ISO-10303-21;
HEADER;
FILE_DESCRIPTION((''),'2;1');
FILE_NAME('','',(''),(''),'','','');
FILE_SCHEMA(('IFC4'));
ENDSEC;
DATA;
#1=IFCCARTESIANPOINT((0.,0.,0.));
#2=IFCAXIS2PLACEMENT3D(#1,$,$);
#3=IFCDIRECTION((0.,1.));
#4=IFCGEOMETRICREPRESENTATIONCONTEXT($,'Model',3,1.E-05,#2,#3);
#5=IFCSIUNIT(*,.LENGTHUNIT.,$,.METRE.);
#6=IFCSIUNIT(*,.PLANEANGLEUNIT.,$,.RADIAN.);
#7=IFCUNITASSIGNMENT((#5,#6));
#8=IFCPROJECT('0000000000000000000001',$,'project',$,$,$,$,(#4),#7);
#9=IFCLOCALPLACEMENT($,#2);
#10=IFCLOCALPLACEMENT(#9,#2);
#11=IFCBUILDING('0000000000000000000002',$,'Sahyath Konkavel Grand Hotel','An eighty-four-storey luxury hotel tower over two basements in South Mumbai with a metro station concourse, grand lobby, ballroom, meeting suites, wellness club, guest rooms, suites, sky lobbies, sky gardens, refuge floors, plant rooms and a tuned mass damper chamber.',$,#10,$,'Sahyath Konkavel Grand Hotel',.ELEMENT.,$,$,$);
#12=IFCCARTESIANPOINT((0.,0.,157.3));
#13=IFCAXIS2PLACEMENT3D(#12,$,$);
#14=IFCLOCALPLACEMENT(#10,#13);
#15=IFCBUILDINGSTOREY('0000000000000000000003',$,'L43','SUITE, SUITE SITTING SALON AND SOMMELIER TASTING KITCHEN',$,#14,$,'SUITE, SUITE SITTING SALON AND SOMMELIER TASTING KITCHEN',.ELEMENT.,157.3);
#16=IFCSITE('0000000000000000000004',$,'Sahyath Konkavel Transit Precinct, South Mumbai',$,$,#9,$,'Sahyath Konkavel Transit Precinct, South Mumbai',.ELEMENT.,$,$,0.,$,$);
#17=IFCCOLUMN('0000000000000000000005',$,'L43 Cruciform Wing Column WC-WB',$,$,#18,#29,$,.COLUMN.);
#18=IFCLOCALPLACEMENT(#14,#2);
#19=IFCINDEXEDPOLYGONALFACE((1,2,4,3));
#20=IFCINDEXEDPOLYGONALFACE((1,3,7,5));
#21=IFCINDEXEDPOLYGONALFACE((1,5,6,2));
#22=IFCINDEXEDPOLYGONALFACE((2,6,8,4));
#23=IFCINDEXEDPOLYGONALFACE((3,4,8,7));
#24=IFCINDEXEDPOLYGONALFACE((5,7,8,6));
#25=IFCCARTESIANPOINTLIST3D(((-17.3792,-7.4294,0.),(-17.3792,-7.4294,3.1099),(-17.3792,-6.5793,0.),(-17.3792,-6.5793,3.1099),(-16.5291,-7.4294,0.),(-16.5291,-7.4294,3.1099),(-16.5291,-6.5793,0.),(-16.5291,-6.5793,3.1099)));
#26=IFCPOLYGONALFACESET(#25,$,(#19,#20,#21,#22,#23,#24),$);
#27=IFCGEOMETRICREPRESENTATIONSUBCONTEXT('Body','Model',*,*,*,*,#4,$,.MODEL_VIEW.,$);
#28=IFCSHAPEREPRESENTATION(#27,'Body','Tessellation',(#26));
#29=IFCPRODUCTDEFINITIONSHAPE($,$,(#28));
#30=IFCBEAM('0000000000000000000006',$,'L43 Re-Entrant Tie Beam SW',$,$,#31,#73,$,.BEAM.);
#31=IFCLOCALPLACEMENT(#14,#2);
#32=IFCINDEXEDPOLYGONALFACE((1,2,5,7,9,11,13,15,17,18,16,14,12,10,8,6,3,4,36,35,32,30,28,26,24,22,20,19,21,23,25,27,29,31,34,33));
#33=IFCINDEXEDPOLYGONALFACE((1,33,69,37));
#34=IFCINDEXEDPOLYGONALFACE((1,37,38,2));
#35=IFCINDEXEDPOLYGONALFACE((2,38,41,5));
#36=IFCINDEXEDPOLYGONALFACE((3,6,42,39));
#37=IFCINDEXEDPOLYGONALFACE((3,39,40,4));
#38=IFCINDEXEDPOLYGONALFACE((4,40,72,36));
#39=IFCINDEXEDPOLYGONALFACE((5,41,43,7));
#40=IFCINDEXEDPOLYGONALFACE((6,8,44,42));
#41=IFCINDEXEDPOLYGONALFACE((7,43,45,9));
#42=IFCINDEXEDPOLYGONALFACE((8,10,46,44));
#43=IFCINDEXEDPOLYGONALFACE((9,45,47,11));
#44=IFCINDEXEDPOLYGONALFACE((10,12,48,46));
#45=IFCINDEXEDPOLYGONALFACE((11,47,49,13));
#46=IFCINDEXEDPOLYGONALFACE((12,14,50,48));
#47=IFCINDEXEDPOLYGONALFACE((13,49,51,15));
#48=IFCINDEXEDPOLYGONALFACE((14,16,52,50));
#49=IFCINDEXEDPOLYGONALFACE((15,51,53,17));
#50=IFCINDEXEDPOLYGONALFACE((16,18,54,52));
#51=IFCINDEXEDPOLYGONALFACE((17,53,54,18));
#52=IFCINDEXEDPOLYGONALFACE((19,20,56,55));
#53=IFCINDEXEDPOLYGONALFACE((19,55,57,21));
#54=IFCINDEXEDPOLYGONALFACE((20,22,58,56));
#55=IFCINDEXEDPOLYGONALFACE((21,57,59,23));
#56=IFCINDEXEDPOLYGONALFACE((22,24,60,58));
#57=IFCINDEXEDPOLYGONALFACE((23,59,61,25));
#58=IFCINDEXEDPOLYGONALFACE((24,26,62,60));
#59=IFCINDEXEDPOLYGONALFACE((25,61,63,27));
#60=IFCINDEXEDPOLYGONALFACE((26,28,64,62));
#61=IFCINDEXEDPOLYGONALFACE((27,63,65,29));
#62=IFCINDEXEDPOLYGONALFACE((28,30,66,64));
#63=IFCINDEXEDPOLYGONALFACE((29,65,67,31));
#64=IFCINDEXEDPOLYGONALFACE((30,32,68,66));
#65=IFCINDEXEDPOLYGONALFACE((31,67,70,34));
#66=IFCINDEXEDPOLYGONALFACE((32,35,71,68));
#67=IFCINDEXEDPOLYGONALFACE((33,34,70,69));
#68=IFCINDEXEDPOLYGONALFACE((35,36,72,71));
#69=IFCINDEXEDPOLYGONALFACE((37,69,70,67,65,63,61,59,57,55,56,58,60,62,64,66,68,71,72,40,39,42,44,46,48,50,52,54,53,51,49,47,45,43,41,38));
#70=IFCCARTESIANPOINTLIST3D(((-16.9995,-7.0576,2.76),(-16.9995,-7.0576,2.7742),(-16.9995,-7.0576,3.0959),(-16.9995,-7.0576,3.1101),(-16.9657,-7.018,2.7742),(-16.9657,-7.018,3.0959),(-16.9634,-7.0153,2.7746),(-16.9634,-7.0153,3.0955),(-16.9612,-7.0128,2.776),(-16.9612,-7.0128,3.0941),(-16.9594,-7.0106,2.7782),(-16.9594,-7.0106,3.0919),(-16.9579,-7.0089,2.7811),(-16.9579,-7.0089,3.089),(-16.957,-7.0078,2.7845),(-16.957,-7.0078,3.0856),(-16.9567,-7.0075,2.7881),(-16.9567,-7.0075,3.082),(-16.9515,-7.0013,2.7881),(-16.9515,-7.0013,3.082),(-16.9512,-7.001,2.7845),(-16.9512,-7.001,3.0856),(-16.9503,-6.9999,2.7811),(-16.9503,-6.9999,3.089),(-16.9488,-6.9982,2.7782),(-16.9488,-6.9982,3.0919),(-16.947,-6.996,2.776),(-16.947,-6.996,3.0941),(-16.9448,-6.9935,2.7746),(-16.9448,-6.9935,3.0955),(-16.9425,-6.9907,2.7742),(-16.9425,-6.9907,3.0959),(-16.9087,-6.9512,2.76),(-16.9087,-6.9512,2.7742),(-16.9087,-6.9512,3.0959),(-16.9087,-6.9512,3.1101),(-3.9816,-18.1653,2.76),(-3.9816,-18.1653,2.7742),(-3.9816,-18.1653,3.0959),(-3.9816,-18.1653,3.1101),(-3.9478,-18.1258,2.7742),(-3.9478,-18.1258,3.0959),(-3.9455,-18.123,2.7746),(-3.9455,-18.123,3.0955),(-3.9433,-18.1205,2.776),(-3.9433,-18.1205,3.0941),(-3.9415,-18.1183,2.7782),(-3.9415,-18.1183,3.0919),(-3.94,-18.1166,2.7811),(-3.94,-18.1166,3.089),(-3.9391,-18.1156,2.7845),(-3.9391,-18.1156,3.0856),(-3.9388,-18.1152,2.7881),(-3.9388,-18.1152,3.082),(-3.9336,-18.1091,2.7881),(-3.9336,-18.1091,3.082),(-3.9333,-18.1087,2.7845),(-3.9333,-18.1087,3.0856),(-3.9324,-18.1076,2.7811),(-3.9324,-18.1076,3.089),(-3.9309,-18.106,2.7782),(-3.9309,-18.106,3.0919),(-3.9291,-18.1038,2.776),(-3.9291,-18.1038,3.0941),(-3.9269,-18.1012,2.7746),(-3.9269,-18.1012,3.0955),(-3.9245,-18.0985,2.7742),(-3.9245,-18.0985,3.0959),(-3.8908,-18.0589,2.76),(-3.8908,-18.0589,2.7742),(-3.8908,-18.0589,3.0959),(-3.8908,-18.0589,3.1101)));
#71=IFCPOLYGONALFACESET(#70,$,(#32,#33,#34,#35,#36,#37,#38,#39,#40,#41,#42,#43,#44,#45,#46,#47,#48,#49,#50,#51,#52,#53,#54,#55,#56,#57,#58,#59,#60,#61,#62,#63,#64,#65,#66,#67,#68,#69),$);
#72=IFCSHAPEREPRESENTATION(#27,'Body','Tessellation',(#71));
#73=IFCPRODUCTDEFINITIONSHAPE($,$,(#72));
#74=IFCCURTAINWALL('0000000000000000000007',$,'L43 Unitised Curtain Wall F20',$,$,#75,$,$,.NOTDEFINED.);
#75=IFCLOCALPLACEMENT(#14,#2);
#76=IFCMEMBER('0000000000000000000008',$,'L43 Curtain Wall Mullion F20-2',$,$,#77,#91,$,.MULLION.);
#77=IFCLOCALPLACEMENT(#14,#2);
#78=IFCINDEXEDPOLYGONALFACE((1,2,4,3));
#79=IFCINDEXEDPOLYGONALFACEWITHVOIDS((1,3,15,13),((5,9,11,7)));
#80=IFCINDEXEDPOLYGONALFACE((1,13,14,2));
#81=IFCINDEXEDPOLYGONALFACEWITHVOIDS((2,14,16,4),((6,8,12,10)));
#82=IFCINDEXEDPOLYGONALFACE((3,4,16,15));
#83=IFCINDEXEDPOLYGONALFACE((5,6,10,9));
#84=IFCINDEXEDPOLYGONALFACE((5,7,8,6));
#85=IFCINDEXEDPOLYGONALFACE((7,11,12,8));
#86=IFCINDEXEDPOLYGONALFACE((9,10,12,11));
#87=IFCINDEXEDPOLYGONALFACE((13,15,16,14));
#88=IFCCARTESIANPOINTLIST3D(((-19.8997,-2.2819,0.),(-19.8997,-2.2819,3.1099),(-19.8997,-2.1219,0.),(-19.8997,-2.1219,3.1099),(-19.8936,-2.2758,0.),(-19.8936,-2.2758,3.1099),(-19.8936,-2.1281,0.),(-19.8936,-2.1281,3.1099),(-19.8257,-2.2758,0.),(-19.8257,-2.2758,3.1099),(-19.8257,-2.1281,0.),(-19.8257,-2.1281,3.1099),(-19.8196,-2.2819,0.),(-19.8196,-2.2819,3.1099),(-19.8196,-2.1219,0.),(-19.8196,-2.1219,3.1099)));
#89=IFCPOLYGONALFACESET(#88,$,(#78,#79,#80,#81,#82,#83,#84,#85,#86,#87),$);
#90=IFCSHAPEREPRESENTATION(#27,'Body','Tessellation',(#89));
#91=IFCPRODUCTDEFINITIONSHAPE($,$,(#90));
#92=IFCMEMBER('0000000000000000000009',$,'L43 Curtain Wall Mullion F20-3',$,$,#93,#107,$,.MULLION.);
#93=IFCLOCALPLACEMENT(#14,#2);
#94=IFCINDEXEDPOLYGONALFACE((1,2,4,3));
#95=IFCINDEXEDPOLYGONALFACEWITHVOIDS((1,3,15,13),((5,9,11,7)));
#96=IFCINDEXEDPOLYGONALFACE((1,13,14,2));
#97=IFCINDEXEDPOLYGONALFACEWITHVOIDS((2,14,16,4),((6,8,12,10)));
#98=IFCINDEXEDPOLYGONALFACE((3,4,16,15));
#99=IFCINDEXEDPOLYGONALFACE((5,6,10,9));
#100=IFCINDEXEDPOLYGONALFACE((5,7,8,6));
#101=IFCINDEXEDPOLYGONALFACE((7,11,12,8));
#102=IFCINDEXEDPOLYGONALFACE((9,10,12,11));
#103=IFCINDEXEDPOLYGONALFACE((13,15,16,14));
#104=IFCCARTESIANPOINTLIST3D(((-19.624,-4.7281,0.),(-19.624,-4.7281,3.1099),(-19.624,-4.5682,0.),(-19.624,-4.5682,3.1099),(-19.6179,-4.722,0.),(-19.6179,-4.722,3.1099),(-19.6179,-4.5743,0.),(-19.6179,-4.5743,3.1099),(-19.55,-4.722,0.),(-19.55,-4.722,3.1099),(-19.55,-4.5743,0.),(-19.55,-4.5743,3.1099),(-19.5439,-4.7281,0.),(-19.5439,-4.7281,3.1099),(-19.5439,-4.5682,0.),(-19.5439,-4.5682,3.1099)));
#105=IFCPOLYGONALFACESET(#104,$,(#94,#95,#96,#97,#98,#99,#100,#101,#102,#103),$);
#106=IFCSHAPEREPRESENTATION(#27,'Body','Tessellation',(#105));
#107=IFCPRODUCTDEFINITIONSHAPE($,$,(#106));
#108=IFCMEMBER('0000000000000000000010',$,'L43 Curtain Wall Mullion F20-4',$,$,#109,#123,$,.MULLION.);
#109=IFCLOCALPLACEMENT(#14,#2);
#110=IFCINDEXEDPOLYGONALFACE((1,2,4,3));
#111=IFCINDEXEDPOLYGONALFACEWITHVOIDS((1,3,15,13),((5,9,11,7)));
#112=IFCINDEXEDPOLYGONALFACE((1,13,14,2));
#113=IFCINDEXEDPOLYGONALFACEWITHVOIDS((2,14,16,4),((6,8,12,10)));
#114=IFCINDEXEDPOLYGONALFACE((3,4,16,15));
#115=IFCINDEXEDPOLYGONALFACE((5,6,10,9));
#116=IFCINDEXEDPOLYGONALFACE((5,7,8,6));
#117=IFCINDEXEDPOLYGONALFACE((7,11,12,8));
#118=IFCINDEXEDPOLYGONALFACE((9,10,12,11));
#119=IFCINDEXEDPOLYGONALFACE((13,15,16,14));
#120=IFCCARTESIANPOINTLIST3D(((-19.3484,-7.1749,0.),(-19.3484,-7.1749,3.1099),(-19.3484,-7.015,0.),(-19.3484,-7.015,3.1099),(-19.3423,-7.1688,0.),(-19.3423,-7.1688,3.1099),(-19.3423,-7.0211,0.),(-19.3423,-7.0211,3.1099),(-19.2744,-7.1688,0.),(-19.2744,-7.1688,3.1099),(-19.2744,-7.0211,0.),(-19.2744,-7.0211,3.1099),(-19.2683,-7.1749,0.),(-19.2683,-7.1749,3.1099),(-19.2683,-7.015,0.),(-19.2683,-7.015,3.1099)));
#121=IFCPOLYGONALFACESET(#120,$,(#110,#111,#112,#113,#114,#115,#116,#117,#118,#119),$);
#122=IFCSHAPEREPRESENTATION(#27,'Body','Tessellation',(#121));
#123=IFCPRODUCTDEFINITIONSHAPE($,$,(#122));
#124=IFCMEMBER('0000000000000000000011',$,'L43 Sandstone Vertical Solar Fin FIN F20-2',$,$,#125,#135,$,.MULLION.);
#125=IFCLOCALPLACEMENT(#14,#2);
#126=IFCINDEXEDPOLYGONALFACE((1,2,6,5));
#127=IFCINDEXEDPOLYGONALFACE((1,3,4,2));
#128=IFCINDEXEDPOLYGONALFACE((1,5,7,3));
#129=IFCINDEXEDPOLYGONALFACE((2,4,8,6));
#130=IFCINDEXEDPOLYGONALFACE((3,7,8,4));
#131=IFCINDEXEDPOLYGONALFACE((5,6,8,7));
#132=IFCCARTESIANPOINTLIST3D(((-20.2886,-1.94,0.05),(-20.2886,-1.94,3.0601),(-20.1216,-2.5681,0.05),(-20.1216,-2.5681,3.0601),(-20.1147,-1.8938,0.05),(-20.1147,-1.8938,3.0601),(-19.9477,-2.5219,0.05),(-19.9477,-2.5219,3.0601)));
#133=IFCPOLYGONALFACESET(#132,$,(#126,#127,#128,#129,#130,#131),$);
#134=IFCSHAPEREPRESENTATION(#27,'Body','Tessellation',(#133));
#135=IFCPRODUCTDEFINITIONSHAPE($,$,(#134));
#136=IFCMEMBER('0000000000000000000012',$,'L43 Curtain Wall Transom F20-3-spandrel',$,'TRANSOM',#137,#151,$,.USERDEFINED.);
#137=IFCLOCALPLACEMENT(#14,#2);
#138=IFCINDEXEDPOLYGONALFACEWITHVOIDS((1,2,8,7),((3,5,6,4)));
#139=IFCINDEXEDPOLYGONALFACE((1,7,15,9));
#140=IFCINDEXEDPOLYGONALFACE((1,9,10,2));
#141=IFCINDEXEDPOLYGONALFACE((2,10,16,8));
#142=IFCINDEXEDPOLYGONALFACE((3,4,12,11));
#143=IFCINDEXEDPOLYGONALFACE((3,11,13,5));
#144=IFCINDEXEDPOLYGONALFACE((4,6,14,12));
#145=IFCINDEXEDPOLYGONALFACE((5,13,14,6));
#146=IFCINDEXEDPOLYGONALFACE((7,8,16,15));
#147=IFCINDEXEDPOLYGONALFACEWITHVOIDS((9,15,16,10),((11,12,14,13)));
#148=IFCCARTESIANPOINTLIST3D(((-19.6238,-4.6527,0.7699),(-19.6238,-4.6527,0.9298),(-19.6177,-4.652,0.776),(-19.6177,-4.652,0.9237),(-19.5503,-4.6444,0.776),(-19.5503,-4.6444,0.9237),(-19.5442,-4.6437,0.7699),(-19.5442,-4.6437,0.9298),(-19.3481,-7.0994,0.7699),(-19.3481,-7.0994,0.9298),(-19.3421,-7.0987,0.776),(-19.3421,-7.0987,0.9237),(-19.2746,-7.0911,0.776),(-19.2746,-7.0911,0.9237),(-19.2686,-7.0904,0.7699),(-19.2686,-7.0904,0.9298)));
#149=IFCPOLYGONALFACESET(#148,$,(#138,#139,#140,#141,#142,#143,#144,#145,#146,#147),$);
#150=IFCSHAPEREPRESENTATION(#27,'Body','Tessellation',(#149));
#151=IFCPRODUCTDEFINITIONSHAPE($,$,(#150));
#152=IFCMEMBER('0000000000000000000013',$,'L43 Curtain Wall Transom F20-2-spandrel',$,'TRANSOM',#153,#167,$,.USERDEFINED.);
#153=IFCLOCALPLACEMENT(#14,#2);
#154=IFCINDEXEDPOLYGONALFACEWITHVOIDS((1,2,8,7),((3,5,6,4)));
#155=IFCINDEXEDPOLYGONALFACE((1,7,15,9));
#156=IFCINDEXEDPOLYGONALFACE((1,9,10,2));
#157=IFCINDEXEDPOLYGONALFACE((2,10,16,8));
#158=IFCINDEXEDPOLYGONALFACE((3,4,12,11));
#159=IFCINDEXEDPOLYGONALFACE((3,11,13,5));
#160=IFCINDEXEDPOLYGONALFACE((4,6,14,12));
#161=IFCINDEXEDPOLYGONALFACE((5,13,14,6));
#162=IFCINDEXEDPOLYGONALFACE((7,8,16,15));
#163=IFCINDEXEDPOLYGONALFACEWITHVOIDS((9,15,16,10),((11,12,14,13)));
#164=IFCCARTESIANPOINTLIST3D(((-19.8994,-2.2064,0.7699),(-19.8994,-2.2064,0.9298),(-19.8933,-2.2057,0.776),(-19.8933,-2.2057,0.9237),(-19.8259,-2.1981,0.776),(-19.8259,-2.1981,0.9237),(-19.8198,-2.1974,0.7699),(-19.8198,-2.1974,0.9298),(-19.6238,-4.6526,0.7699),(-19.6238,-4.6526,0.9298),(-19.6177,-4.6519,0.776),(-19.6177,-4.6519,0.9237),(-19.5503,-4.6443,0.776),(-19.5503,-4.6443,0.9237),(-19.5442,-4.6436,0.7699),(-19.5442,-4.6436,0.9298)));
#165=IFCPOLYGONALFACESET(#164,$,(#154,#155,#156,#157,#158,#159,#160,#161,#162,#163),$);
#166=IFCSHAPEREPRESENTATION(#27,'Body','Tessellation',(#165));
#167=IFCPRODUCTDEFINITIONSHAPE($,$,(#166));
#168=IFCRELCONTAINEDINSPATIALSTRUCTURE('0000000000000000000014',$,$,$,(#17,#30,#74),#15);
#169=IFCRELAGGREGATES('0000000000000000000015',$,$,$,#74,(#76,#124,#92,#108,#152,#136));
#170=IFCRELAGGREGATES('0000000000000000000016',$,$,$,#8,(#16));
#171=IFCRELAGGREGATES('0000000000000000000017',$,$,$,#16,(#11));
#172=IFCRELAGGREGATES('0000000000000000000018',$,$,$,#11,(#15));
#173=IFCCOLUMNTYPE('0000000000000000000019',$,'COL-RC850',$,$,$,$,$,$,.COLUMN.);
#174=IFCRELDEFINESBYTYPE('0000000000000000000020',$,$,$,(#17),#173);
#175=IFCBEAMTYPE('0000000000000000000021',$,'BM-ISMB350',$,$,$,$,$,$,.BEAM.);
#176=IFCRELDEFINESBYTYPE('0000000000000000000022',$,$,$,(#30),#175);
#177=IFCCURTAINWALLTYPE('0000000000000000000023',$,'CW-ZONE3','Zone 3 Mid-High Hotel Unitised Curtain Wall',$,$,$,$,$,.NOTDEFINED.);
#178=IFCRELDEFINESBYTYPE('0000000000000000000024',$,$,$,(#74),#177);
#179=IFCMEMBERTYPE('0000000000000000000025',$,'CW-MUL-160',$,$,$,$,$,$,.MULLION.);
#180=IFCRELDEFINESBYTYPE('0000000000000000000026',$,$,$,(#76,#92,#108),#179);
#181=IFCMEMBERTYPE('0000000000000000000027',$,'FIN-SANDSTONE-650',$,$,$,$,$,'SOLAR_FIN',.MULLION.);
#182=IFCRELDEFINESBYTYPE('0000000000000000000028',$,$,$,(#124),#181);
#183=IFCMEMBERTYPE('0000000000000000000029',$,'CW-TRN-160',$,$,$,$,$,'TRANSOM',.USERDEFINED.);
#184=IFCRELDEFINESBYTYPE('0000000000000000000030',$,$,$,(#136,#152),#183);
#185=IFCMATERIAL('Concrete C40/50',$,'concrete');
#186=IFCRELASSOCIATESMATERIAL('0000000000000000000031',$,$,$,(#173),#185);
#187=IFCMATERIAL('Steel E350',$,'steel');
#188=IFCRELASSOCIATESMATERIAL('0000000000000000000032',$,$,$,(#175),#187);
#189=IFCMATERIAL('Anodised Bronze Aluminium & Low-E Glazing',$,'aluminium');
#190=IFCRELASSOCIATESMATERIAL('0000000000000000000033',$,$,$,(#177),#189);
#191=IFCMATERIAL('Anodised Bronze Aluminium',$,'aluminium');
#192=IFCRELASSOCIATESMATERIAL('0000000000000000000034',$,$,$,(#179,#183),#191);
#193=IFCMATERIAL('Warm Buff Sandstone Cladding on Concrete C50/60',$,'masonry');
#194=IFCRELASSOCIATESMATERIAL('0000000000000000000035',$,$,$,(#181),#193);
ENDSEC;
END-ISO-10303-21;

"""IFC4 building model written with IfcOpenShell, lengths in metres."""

from ifc_helpers import new_model, si_unit, direction, frame, origin, origin_2d, place, context, subcontext, project, spatial, rectangle, hollow_rectangle, i_section, extrude, source, transform, mapped, material, material_profile, profile_set, type_object, element, aggregate, save


model = new_model("IFC4")

# Units and contexts
model_context = context("Model", 3, precision=1e-05, world=origin(), true_north=direction((0.0, 1.0)))
body_context = subcontext(model_context, "Body", "Model", "MODEL_VIEW")
ifc_project = project(units=[si_unit("LENGTHUNIT", "METRE"), si_unit("PLANEANGLEUNIT", "RADIAN")], contexts=[model_context])

# Site, building, storey
site_placement = place(None, origin())
site = spatial("IfcSite", under=ifc_project, at=site_placement, Name="Sahyath Konkavel Transit Precinct, South Mumbai", LongName="Sahyath Konkavel Transit Precinct, South Mumbai", CompositionType="ELEMENT", RefElevation=0.0)
building_placement = place(site_placement, origin())
building = spatial("IfcBuilding", under=site, at=building_placement, Name="Sahyath Konkavel Grand Hotel", Description="An eighty-four-storey luxury hotel tower over two basements in South Mumbai with a metro station concourse, grand lobby, ballroom, meeting suites, wellness club, guest rooms, suites, sky lobbies, sky gardens, refuge floors, plant rooms and a tuned mass damper chamber.", LongName="Sahyath Konkavel Grand Hotel", CompositionType="ELEMENT")
storey_placement = place(building_placement, frame((0.0, 0.0, 157.3)))
storey = spatial("IfcBuildingStorey", under=building, at=storey_placement, Name="L43", Description="SUITE, SUITE SITTING SALON AND SOMMELIER TASTING KITCHEN", LongName="SUITE, SUITE SITTING SALON AND SOMMELIER TASTING KITCHEN", CompositionType="ELEMENT", Elevation=157.3)

# Column
ifc_material_1 = material(Name="Concrete C40/50", Category="concrete")
ifc_material_profile_1 = material_profile(ifc_material_1, rectangle(XDim=0.8501, YDim=0.8501, at=origin_2d()), Name="RC 850x850")
ifc_profile_set_1 = profile_set([ifc_material_profile_1], Name="Concrete C40/50")
column_type = type_object("IfcColumnType", Name="COL-RC850", PredefinedType="COLUMN", material=ifc_profile_set_1)
shared_shape_1 = source(origin(), body_context, "Body", "SweptSolid", [
    extrude(rectangle(XDim=0.8501, YDim=0.8501, at=origin_2d()), origin(), (0.0, 0.0, 1.0), 3.1099),
])
column_placement = place(storey_placement, frame((-16.9541, -7.0044, 0.0), z_axis=(0.0, 0.0, 1.0), x_axis=(1.0, 0.0, 0.0)))
element("IfcColumn", 1, at=column_placement, inside=storey, type_object=column_type, Name="L43 Cruciform Wing Column WC-WB", PredefinedType="COLUMN", context=body_context, shape_type="MappedRepresentation", body=[
    mapped(shared_shape_1, transform((0.0, 0.0, 0.0), scale=1.0)),
])

# Beam
ifc_material_2 = material(Name="Steel E350", Category="steel")
ifc_material_profile_2 = material_profile(ifc_material_2, i_section(OverallWidth=0.1399, OverallDepth=0.3501, WebThickness=0.0081, FlangeThickness=0.0142, FilletRadius=0.0139, at=origin_2d()), Name="ISMB 350")
ifc_profile_set_2 = profile_set([ifc_material_profile_2], Name="Steel E350")
beam_type_1 = type_object("IfcBeamType", Name="BM-ISMB350", PredefinedType="BEAM", material=ifc_profile_set_2)
shared_shape_2 = source(origin(), body_context, "Body", "SweptSolid", [
    extrude(i_section(OverallWidth=0.1399, OverallDepth=0.3501, WebThickness=0.0081, FlangeThickness=0.0142, FilletRadius=0.0139, at=origin_2d()), origin(), (0.0, 0.0, 1.0), 17.1128),
])
beam_1_placement = place(storey_placement, frame((-16.9541, -7.0044, 2.9351), z_axis=(0.760712, -0.64909, 0.0), x_axis=(0.64909, 0.760712, 0.0)))
element("IfcBeam", 2, at=beam_1_placement, inside=storey, type_object=beam_type_1, Name="L43 Re-Entrant Tie Beam SW", PredefinedType="BEAM", context=body_context, shape_type="MappedRepresentation", body=[
    mapped(shared_shape_2, transform((0.0, 0.0, 0.0), scale=1.0)),
])

# Curtain wall, members
ifc_material_3 = material(Name="Anodised Bronze Aluminium & Low-E Glazing", Category="aluminium")
curtain_wall_type = type_object("IfcCurtainWallType", Name="CW-ZONE3", Description="Zone 3 Mid-High Hotel Unitised Curtain Wall", PredefinedType="NOTDEFINED", material=ifc_material_3)
curtain_wall_1_placement = place(storey_placement, origin())
curtain_wall_1 = element("IfcCurtainWall", 3, at=curtain_wall_1_placement, inside=storey, type_object=curtain_wall_type, Name="L43 Unitised Curtain Wall F20", PredefinedType="NOTDEFINED")
ifc_material_4 = material(Name="Anodised Bronze Aluminium", Category="aluminium")
ifc_material_profile_3 = material_profile(ifc_material_4, hollow_rectangle(XDim=0.0801, YDim=0.1599, WallThickness=0.0061, at=origin_2d()), Name="RHS 160x80x6")
ifc_profile_set_3 = profile_set([ifc_material_profile_3], Name="Anodised Bronze Aluminium")
member_type_1 = type_object("IfcMemberType", Name="CW-MUL-160", PredefinedType="MULLION", material=ifc_profile_set_3)
shared_shape_3 = source(origin(), body_context, "Body", "SweptSolid", [
    extrude(hollow_rectangle(XDim=0.0801, YDim=0.1599, WallThickness=0.0061, at=origin_2d()), origin(), (0.0, 0.0, 1.0), 3.1099),
])
member_1_placement = place(storey_placement, frame((-19.8596, -2.2019, 0.0), z_axis=(0.0, 0.0, 1.0), x_axis=(1.0, 0.0, 0.0)))
member_1 = element("IfcMember", 4, at=member_1_placement, type_object=member_type_1, Name="L43 Curtain Wall Mullion F20-2", PredefinedType="MULLION", context=body_context, shape_type="MappedRepresentation", body=[
    mapped(shared_shape_3, transform((0.0, 0.0, 0.0), scale=1.0)),
])
member_2_placement = place(storey_placement, frame((-19.584, -4.6482, 0.0), z_axis=(0.0, 0.0, 1.0), x_axis=(1.0, 0.0, 0.0)))
member_2 = element("IfcMember", 5, at=member_2_placement, type_object=member_type_1, Name="L43 Curtain Wall Mullion F20-3", PredefinedType="MULLION", context=body_context, shape_type="MappedRepresentation", body=[
    mapped(shared_shape_3, transform((0.0, 0.0, 0.0), scale=1.0)),
])
member_3_placement = place(storey_placement, frame((-19.3083, -7.095, 0.0), z_axis=(0.0, 0.0, 1.0), x_axis=(1.0, 0.0, 0.0)))
member_3 = element("IfcMember", 6, at=member_3_placement, type_object=member_type_1, Name="L43 Curtain Wall Mullion F20-4", PredefinedType="MULLION", context=body_context, shape_type="MappedRepresentation", body=[
    mapped(shared_shape_3, transform((0.0, 0.0, 0.0), scale=1.0)),
])
ifc_material_5 = material(Name="Warm Buff Sandstone Cladding on Concrete C50/60", Category="masonry")
ifc_material_profile_4 = material_profile(ifc_material_5, rectangle(XDim=0.1799, YDim=0.6499, at=origin_2d()), Name="FIN 180x650")
ifc_profile_set_4 = profile_set([ifc_material_profile_4], Name="Warm Buff Sandstone Cladding on Concrete C50/60")
member_type_2 = type_object("IfcMemberType", Name="FIN-SANDSTONE-650", ElementType="SOLAR_FIN", PredefinedType="MULLION", material=ifc_profile_set_4)
shared_shape_4 = source(origin(), body_context, "Body", "SweptSolid", [
    extrude(rectangle(XDim=0.1799, YDim=0.6499, at=origin_2d()), origin(), (0.0, 0.0, 1.0), 3.01),
])
member_4_placement = place(storey_placement, frame((-20.1182, -2.231, 0.05), z_axis=(0.0, 0.0, 1.0), x_axis=(0.966421, 0.256964, 0.0)))
member_4 = element("IfcMember", 7, at=member_4_placement, type_object=member_type_2, Name="L43 Sandstone Vertical Solar Fin FIN F20-2", PredefinedType="MULLION", context=body_context, shape_type="MappedRepresentation", body=[
    mapped(shared_shape_4, transform((0.0, 0.0, 0.0), scale=1.0)),
])
ifc_material_profile_5 = material_profile(ifc_material_4, hollow_rectangle(XDim=0.0801, YDim=0.1599, WallThickness=0.0061, at=origin_2d()), Name="RHS 160x80x6")
ifc_profile_set_5 = profile_set([ifc_material_profile_5], Name="Anodised Bronze Aluminium")
member_type_3 = type_object("IfcMemberType", Name="CW-TRN-160", ElementType="TRANSOM", PredefinedType="USERDEFINED", material=ifc_profile_set_5)
shared_shape_5 = source(origin(), body_context, "Body", "SweptSolid", [
    extrude(hollow_rectangle(XDim=0.0801, YDim=0.1599, WallThickness=0.0061, at=origin_2d()), origin(), (0.0, 0.0, 1.0), 2.4622),
])
member_5_placement = place(storey_placement, frame((-19.584, -4.6482, 0.8499), z_axis=(0.111944, -0.993715, 0.0), x_axis=(0.993715, 0.111944, 0.0)))
member_5 = element("IfcMember", 8, at=member_5_placement, type_object=member_type_3, Name="L43 Curtain Wall Transom F20-3-spandrel", ObjectType="TRANSOM", PredefinedType="USERDEFINED", context=body_context, shape_type="MappedRepresentation", body=[
    mapped(shared_shape_5, transform((0.0, 0.0, 0.0), scale=1.0)),
])
shared_shape_6 = source(origin(), body_context, "Body", "SweptSolid", [
    extrude(hollow_rectangle(XDim=0.0801, YDim=0.1599, WallThickness=0.0061, at=origin_2d()), origin(), (0.0, 0.0, 1.0), 2.4617),
])
member_6_placement = place(storey_placement, frame((-19.8596, -2.2019, 0.8499), z_axis=(0.111966, -0.993712, 0.0), x_axis=(0.993712, 0.111966, 0.0)))
member_6 = element("IfcMember", 9, at=member_6_placement, type_object=member_type_3, Name="L43 Curtain Wall Transom F20-2-spandrel", ObjectType="TRANSOM", PredefinedType="USERDEFINED", context=body_context, shape_type="MappedRepresentation", body=[
    mapped(shared_shape_6, transform((0.0, 0.0, 0.0), scale=1.0)),
])

aggregate(curtain_wall_1, [member_1, member_4, member_2, member_3, member_6, member_5])

save(model, "model.ifc")
